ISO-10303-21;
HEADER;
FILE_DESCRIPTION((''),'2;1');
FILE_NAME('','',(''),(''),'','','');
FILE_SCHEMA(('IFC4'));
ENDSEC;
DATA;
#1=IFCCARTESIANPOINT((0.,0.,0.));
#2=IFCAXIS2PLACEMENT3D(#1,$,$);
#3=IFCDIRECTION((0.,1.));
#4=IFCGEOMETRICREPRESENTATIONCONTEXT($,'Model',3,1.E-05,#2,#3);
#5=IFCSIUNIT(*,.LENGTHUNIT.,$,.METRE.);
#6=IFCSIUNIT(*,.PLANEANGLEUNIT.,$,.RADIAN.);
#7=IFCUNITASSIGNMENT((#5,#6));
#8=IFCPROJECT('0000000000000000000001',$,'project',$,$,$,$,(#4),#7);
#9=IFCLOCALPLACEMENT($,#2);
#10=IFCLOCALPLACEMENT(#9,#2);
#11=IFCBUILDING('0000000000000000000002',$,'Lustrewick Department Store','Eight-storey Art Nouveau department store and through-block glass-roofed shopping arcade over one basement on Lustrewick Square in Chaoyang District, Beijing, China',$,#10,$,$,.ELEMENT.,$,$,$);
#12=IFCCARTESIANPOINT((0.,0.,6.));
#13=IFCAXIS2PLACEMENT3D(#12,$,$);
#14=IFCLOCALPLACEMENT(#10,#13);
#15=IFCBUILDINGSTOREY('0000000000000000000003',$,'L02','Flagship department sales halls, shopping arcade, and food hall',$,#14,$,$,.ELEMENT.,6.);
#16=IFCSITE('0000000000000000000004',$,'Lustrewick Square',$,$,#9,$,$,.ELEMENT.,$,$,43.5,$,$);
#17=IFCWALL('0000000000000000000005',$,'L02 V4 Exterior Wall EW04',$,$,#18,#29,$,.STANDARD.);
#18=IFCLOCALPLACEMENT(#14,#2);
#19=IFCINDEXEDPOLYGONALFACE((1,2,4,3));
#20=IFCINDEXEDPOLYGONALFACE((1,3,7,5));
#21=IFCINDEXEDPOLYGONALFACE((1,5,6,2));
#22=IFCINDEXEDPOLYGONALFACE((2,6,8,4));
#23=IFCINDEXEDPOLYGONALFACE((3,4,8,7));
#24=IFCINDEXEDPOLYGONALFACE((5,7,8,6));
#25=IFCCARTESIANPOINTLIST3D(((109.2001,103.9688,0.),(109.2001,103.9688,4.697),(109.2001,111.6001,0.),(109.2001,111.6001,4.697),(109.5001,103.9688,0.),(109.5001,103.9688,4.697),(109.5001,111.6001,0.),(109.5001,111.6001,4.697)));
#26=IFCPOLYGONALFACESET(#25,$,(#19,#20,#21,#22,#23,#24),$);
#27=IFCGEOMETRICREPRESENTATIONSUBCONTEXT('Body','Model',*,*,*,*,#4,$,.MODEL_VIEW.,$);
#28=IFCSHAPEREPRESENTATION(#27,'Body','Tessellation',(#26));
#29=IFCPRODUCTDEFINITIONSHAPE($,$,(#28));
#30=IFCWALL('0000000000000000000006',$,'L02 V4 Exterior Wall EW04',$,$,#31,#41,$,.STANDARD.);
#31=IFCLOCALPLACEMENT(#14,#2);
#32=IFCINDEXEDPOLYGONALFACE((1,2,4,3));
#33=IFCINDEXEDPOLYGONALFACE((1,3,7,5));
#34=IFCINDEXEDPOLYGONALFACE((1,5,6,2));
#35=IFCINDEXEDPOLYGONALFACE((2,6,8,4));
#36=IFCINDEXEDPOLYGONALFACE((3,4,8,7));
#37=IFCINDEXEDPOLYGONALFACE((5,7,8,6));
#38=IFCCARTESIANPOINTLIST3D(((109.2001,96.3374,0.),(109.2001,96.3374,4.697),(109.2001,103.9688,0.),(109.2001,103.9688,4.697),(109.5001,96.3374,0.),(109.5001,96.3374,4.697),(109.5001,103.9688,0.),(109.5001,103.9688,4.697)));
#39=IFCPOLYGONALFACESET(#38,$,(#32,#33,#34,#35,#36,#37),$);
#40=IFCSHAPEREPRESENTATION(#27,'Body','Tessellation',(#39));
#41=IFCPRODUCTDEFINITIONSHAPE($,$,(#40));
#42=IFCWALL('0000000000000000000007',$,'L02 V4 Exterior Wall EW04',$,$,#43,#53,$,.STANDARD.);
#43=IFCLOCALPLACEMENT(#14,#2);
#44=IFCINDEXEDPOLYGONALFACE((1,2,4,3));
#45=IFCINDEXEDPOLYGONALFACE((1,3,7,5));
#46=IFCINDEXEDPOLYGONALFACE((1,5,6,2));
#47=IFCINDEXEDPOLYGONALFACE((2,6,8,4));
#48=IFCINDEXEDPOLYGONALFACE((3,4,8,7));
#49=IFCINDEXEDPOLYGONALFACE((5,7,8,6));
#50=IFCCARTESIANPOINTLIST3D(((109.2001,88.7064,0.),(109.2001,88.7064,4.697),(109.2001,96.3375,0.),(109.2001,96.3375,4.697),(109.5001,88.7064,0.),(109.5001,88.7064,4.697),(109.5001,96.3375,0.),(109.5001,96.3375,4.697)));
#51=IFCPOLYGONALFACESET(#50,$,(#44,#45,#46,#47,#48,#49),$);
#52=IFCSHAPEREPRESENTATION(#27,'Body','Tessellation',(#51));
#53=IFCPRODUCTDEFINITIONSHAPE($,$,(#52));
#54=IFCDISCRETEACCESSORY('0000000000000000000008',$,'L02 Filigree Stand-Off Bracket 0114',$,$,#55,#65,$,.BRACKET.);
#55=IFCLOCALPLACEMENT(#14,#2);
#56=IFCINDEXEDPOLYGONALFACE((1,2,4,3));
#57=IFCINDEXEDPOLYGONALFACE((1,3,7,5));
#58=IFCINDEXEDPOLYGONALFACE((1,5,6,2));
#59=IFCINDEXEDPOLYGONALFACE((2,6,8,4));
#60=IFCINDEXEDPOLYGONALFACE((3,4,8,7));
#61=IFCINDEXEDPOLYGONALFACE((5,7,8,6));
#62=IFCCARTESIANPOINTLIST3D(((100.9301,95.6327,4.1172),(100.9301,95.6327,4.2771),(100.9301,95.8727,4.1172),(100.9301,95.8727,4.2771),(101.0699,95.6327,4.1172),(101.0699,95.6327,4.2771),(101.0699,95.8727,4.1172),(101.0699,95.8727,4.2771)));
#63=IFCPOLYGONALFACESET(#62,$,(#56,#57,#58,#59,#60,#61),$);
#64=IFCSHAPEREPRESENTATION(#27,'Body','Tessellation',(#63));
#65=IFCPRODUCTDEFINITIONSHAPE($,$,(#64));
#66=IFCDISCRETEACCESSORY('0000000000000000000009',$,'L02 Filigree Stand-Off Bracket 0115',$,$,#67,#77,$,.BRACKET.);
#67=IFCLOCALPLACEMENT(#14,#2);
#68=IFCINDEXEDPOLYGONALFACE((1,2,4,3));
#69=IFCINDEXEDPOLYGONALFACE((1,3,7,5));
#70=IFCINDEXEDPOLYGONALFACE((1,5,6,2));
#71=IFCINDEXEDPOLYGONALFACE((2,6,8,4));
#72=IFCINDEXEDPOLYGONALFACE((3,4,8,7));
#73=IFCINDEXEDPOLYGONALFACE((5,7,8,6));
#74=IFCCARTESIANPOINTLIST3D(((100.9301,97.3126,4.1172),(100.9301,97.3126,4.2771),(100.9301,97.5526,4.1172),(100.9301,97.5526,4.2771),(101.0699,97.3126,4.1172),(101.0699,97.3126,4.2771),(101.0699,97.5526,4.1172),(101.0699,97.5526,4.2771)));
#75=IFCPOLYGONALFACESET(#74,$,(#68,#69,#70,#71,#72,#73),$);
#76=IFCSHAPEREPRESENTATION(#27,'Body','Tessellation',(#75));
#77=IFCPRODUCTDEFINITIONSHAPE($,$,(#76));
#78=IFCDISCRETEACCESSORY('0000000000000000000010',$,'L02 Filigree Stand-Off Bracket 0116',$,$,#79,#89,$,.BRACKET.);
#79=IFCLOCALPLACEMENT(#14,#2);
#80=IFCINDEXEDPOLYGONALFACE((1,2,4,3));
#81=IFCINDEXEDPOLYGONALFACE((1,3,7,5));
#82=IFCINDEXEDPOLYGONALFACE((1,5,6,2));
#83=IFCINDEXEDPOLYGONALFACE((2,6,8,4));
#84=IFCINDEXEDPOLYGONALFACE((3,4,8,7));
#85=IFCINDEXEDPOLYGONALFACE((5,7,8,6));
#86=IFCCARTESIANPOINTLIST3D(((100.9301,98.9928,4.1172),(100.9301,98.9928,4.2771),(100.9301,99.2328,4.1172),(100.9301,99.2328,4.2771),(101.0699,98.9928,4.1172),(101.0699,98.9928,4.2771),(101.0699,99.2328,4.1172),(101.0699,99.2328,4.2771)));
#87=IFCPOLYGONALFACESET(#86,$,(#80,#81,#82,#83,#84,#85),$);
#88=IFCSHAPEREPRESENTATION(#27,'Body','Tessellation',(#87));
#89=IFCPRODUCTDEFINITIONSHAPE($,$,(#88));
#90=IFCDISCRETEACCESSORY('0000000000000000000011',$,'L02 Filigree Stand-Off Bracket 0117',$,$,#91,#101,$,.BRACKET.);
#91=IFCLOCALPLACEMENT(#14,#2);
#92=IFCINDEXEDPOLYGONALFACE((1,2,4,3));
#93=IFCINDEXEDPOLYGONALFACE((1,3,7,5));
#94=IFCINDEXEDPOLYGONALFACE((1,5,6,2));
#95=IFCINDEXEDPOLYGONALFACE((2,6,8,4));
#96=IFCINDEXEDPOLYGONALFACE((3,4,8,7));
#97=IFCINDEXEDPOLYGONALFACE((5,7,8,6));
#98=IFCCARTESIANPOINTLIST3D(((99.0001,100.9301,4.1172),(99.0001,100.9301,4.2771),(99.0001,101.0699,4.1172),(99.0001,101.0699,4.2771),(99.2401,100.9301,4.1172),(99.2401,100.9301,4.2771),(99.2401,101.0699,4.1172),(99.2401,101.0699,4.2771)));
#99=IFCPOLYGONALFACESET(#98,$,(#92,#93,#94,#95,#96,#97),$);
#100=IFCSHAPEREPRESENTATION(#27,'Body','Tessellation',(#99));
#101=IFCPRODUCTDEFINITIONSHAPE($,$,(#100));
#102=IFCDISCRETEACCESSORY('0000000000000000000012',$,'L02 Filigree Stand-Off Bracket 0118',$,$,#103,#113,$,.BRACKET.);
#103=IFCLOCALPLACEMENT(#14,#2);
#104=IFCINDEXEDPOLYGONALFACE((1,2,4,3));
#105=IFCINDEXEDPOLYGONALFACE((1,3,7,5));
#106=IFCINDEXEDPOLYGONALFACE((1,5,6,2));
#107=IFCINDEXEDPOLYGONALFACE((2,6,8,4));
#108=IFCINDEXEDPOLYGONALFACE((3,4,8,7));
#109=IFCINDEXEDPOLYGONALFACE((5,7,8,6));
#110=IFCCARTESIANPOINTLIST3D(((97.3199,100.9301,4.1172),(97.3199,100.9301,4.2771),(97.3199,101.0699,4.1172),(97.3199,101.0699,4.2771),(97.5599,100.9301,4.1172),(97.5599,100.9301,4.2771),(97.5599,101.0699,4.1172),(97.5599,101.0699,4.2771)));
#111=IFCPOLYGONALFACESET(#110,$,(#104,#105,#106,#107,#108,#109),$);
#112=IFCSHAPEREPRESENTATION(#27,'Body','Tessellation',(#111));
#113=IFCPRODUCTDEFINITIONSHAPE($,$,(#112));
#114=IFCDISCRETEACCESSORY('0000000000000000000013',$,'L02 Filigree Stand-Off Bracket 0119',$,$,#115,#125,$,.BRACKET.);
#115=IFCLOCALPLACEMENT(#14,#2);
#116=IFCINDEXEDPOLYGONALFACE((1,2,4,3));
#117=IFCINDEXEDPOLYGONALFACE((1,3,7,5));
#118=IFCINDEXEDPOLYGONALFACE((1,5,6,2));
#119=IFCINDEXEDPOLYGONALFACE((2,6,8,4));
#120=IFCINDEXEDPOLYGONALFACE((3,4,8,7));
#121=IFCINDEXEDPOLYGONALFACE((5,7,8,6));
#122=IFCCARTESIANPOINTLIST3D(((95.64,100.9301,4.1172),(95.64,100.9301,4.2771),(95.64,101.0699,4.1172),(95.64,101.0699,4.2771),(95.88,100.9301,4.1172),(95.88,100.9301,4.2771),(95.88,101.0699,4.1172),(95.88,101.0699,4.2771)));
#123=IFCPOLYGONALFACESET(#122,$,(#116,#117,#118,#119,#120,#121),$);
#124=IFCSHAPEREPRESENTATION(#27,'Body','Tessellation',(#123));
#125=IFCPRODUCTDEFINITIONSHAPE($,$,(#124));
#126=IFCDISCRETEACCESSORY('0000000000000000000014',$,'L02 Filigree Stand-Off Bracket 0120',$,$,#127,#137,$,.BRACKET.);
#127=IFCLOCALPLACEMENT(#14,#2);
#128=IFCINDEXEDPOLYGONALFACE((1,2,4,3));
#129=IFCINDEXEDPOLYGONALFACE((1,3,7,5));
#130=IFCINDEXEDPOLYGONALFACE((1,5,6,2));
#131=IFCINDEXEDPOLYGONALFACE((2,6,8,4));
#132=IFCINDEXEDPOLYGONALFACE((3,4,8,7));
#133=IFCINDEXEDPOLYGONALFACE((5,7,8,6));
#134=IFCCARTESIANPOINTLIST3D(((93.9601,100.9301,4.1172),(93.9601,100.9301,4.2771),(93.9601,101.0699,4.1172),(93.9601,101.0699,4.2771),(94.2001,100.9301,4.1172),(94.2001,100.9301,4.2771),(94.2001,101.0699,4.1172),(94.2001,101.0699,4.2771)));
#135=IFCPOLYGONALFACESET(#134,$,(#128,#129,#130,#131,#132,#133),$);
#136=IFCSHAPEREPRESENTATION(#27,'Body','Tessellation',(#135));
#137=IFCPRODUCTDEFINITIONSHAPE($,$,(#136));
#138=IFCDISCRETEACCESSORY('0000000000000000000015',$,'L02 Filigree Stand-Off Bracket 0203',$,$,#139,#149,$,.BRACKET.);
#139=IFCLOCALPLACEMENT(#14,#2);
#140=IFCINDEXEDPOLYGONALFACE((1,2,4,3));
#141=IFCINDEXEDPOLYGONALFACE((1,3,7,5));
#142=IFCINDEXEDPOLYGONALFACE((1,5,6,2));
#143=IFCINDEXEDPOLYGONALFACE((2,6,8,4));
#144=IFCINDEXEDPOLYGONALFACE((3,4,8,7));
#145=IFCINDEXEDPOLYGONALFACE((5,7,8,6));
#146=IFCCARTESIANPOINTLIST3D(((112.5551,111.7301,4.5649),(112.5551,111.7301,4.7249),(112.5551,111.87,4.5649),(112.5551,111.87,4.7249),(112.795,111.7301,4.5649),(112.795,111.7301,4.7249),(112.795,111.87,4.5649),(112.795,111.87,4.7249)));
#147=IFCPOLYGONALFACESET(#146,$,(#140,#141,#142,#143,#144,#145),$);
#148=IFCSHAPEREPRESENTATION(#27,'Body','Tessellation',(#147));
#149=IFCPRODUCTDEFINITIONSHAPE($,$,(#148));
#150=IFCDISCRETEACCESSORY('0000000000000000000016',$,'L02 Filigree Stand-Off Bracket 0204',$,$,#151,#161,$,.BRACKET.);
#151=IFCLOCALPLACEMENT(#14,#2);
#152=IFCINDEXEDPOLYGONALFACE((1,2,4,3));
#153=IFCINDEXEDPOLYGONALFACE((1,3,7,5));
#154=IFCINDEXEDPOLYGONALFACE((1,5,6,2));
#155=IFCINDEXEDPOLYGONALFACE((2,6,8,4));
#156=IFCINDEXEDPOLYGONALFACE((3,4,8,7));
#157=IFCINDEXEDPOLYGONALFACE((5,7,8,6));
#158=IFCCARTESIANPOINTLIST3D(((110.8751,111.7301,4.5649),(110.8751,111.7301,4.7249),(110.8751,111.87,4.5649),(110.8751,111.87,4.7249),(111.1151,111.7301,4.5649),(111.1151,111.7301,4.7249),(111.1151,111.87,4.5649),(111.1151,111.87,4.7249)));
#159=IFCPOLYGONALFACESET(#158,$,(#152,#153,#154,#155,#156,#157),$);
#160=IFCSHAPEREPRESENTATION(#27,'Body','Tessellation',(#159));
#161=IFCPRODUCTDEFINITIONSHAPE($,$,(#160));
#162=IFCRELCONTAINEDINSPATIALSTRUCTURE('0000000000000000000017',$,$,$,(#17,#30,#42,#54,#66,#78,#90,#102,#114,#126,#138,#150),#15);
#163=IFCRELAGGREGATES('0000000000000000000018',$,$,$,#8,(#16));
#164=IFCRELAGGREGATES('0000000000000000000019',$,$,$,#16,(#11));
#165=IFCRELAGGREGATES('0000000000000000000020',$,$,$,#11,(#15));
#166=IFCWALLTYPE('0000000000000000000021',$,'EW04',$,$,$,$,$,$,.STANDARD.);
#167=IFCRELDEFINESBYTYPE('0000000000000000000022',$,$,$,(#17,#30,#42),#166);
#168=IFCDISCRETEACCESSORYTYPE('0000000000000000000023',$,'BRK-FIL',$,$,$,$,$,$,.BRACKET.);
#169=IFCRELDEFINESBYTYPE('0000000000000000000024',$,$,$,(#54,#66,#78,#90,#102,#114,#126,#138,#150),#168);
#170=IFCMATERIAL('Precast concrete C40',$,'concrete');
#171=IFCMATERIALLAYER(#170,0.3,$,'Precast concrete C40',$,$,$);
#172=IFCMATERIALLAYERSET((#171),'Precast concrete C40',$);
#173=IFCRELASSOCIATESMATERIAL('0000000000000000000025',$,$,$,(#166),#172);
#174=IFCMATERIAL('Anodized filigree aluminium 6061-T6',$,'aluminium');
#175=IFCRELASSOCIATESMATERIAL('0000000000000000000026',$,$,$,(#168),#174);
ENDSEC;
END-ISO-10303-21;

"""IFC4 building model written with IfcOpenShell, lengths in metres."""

from ifc_helpers import new_model, si_unit, direction, frame, frame_2d, origin, origin_2d, place, context, subcontext, project, spatial, rectangle, extrude, material, layer, layer_set, type_object, element, save


model = new_model("IFC4")

# Units and contexts
model_context = context("Model", 3, precision=1e-05, world=origin(), true_north=direction((0.0, 1.0)))
body_context = subcontext(model_context, "Body", "Model", "MODEL_VIEW")
ifc_project = project(units=[si_unit("LENGTHUNIT", "METRE"), si_unit("PLANEANGLEUNIT", "RADIAN")], contexts=[model_context])

# Site, building, storey
site_placement = place(None, origin())
site = spatial("IfcSite", under=ifc_project, at=site_placement, Name="Lustrewick Square", CompositionType="ELEMENT", RefElevation=43.5)
building_placement = place(site_placement, origin())
building = spatial("IfcBuilding", under=site, at=building_placement, Name="Lustrewick Department Store", Description="Eight-storey Art Nouveau department store and through-block glass-roofed shopping arcade over one basement on Lustrewick Square in Chaoyang District, Beijing, China", CompositionType="ELEMENT")
storey_placement = place(building_placement, frame((0.0, 0.0, 6.0)))
storey = spatial("IfcBuildingStorey", under=building, at=storey_placement, Name="L02", Description="Flagship department sales halls, shopping arcade, and food hall", CompositionType="ELEMENT", Elevation=6.0)

# Shared definitions
ifc_material_1 = material(Name="Precast concrete C40", Category="concrete")

# Walls
ifc_layer_1 = layer(ifc_material_1, 0.3, Name="Precast concrete C40")
ifc_layer_set_1 = layer_set([ifc_layer_1], Name="Precast concrete C40")
wall_type_1 = type_object("IfcWallType", Name="EW04", PredefinedType="STANDARD", material=ifc_layer_set_1)
for number, where, z_axis, x_axis, name in (
    (1, (109.3501, 111.6001, 0.0), (0.0, 0.0, 1.0), (0.0, -1.0, 0.0), "L02 V4 Exterior Wall EW04"),
    (2, (109.3501, 103.9688, 0.0), (0.0, 0.0, 1.0), (0.0, -1.0, 0.0), "L02 V4 Exterior Wall EW04"),
):
    element("IfcWall", number, at=place(storey_placement, frame(where, z_axis=z_axis, x_axis=x_axis)), inside=storey, type_object=wall_type_1, Name=name, PredefinedType="STANDARD", context=body_context, shape_type="SweptSolid", body=[
        extrude(rectangle(XDim=7.6313, YDim=0.3, at=frame_2d((3.8157, 0.0))), origin(), (0.0, 0.0, 1.0), 4.697),
    ])
wall_1_placement = place(storey_placement, frame((109.3501, 96.3374, 0.0), z_axis=(0.0, 0.0, 1.0), x_axis=(0.0, -1.0, 0.0)))
element("IfcWall", 3, at=wall_1_placement, inside=storey, type_object=wall_type_1, Name="L02 V4 Exterior Wall EW04", PredefinedType="STANDARD", context=body_context, shape_type="SweptSolid", body=[
    extrude(rectangle(XDim=7.6311, YDim=0.3, at=frame_2d((3.8154, 0.0))), origin(), (0.0, 0.0, 1.0), 4.697),
])

# Discrete accessories
ifc_material_2 = material(Name="Anodized filigree aluminium 6061-T6", Category="aluminium")
discrete_accessory_type = type_object("IfcDiscreteAccessoryType", Name="BRK-FIL", PredefinedType="BRACKET", material=ifc_material_2)
for number, where, z_axis, x_axis, name in (
    (4, (101.0, 95.7527, 4.1172), (0.0, 0.0, 1.0), (0.0, 1.0, 0.0), "L02 Filigree Stand-Off Bracket 0114"),
    (5, (101.0, 97.4326, 4.1172), (0.0, 0.0, 1.0), (0.0, 1.0, 0.0), "L02 Filigree Stand-Off Bracket 0115"),
    (6, (101.0, 99.1128, 4.1172), (0.0, 0.0, 1.0), (0.0, 1.0, 0.0), "L02 Filigree Stand-Off Bracket 0116"),
    (7, (99.1201, 101.0, 4.1172), (0.0, 0.0, 1.0), (-1.0, 0.0, 0.0), "L02 Filigree Stand-Off Bracket 0117"),
    (8, (97.4399, 101.0, 4.1172), (0.0, 0.0, 1.0), (-1.0, 0.0, 0.0), "L02 Filigree Stand-Off Bracket 0118"),
    (9, (95.76, 101.0, 4.1172), (0.0, 0.0, 1.0), (-1.0, 0.0, 0.0), "L02 Filigree Stand-Off Bracket 0119"),
    (10, (94.0801, 101.0, 4.1172), (0.0, 0.0, 1.0), (-1.0, 0.0, 0.0), "L02 Filigree Stand-Off Bracket 0120"),
    (11, (112.675, 111.8, 4.5649), (0.0, 0.0, 1.0), (-1.0, 0.0, 0.0), "L02 Filigree Stand-Off Bracket 0203"),
    (12, (110.9951, 111.8, 4.5649), (0.0, 0.0, 1.0), (-1.0, 0.0, 0.0), "L02 Filigree Stand-Off Bracket 0204"),
):
    element("IfcDiscreteAccessory", number, at=place(storey_placement, frame(where, z_axis=z_axis, x_axis=x_axis)), inside=storey, type_object=discrete_accessory_type, Name=name, PredefinedType="BRACKET", context=body_context, shape_type="SweptSolid", body=[
        extrude(rectangle(XDim=0.24, YDim=0.1399, at=origin_2d()), origin(), (0.0, 0.0, 1.0), 0.1599),
    ])

save(model, "model.ifc")
